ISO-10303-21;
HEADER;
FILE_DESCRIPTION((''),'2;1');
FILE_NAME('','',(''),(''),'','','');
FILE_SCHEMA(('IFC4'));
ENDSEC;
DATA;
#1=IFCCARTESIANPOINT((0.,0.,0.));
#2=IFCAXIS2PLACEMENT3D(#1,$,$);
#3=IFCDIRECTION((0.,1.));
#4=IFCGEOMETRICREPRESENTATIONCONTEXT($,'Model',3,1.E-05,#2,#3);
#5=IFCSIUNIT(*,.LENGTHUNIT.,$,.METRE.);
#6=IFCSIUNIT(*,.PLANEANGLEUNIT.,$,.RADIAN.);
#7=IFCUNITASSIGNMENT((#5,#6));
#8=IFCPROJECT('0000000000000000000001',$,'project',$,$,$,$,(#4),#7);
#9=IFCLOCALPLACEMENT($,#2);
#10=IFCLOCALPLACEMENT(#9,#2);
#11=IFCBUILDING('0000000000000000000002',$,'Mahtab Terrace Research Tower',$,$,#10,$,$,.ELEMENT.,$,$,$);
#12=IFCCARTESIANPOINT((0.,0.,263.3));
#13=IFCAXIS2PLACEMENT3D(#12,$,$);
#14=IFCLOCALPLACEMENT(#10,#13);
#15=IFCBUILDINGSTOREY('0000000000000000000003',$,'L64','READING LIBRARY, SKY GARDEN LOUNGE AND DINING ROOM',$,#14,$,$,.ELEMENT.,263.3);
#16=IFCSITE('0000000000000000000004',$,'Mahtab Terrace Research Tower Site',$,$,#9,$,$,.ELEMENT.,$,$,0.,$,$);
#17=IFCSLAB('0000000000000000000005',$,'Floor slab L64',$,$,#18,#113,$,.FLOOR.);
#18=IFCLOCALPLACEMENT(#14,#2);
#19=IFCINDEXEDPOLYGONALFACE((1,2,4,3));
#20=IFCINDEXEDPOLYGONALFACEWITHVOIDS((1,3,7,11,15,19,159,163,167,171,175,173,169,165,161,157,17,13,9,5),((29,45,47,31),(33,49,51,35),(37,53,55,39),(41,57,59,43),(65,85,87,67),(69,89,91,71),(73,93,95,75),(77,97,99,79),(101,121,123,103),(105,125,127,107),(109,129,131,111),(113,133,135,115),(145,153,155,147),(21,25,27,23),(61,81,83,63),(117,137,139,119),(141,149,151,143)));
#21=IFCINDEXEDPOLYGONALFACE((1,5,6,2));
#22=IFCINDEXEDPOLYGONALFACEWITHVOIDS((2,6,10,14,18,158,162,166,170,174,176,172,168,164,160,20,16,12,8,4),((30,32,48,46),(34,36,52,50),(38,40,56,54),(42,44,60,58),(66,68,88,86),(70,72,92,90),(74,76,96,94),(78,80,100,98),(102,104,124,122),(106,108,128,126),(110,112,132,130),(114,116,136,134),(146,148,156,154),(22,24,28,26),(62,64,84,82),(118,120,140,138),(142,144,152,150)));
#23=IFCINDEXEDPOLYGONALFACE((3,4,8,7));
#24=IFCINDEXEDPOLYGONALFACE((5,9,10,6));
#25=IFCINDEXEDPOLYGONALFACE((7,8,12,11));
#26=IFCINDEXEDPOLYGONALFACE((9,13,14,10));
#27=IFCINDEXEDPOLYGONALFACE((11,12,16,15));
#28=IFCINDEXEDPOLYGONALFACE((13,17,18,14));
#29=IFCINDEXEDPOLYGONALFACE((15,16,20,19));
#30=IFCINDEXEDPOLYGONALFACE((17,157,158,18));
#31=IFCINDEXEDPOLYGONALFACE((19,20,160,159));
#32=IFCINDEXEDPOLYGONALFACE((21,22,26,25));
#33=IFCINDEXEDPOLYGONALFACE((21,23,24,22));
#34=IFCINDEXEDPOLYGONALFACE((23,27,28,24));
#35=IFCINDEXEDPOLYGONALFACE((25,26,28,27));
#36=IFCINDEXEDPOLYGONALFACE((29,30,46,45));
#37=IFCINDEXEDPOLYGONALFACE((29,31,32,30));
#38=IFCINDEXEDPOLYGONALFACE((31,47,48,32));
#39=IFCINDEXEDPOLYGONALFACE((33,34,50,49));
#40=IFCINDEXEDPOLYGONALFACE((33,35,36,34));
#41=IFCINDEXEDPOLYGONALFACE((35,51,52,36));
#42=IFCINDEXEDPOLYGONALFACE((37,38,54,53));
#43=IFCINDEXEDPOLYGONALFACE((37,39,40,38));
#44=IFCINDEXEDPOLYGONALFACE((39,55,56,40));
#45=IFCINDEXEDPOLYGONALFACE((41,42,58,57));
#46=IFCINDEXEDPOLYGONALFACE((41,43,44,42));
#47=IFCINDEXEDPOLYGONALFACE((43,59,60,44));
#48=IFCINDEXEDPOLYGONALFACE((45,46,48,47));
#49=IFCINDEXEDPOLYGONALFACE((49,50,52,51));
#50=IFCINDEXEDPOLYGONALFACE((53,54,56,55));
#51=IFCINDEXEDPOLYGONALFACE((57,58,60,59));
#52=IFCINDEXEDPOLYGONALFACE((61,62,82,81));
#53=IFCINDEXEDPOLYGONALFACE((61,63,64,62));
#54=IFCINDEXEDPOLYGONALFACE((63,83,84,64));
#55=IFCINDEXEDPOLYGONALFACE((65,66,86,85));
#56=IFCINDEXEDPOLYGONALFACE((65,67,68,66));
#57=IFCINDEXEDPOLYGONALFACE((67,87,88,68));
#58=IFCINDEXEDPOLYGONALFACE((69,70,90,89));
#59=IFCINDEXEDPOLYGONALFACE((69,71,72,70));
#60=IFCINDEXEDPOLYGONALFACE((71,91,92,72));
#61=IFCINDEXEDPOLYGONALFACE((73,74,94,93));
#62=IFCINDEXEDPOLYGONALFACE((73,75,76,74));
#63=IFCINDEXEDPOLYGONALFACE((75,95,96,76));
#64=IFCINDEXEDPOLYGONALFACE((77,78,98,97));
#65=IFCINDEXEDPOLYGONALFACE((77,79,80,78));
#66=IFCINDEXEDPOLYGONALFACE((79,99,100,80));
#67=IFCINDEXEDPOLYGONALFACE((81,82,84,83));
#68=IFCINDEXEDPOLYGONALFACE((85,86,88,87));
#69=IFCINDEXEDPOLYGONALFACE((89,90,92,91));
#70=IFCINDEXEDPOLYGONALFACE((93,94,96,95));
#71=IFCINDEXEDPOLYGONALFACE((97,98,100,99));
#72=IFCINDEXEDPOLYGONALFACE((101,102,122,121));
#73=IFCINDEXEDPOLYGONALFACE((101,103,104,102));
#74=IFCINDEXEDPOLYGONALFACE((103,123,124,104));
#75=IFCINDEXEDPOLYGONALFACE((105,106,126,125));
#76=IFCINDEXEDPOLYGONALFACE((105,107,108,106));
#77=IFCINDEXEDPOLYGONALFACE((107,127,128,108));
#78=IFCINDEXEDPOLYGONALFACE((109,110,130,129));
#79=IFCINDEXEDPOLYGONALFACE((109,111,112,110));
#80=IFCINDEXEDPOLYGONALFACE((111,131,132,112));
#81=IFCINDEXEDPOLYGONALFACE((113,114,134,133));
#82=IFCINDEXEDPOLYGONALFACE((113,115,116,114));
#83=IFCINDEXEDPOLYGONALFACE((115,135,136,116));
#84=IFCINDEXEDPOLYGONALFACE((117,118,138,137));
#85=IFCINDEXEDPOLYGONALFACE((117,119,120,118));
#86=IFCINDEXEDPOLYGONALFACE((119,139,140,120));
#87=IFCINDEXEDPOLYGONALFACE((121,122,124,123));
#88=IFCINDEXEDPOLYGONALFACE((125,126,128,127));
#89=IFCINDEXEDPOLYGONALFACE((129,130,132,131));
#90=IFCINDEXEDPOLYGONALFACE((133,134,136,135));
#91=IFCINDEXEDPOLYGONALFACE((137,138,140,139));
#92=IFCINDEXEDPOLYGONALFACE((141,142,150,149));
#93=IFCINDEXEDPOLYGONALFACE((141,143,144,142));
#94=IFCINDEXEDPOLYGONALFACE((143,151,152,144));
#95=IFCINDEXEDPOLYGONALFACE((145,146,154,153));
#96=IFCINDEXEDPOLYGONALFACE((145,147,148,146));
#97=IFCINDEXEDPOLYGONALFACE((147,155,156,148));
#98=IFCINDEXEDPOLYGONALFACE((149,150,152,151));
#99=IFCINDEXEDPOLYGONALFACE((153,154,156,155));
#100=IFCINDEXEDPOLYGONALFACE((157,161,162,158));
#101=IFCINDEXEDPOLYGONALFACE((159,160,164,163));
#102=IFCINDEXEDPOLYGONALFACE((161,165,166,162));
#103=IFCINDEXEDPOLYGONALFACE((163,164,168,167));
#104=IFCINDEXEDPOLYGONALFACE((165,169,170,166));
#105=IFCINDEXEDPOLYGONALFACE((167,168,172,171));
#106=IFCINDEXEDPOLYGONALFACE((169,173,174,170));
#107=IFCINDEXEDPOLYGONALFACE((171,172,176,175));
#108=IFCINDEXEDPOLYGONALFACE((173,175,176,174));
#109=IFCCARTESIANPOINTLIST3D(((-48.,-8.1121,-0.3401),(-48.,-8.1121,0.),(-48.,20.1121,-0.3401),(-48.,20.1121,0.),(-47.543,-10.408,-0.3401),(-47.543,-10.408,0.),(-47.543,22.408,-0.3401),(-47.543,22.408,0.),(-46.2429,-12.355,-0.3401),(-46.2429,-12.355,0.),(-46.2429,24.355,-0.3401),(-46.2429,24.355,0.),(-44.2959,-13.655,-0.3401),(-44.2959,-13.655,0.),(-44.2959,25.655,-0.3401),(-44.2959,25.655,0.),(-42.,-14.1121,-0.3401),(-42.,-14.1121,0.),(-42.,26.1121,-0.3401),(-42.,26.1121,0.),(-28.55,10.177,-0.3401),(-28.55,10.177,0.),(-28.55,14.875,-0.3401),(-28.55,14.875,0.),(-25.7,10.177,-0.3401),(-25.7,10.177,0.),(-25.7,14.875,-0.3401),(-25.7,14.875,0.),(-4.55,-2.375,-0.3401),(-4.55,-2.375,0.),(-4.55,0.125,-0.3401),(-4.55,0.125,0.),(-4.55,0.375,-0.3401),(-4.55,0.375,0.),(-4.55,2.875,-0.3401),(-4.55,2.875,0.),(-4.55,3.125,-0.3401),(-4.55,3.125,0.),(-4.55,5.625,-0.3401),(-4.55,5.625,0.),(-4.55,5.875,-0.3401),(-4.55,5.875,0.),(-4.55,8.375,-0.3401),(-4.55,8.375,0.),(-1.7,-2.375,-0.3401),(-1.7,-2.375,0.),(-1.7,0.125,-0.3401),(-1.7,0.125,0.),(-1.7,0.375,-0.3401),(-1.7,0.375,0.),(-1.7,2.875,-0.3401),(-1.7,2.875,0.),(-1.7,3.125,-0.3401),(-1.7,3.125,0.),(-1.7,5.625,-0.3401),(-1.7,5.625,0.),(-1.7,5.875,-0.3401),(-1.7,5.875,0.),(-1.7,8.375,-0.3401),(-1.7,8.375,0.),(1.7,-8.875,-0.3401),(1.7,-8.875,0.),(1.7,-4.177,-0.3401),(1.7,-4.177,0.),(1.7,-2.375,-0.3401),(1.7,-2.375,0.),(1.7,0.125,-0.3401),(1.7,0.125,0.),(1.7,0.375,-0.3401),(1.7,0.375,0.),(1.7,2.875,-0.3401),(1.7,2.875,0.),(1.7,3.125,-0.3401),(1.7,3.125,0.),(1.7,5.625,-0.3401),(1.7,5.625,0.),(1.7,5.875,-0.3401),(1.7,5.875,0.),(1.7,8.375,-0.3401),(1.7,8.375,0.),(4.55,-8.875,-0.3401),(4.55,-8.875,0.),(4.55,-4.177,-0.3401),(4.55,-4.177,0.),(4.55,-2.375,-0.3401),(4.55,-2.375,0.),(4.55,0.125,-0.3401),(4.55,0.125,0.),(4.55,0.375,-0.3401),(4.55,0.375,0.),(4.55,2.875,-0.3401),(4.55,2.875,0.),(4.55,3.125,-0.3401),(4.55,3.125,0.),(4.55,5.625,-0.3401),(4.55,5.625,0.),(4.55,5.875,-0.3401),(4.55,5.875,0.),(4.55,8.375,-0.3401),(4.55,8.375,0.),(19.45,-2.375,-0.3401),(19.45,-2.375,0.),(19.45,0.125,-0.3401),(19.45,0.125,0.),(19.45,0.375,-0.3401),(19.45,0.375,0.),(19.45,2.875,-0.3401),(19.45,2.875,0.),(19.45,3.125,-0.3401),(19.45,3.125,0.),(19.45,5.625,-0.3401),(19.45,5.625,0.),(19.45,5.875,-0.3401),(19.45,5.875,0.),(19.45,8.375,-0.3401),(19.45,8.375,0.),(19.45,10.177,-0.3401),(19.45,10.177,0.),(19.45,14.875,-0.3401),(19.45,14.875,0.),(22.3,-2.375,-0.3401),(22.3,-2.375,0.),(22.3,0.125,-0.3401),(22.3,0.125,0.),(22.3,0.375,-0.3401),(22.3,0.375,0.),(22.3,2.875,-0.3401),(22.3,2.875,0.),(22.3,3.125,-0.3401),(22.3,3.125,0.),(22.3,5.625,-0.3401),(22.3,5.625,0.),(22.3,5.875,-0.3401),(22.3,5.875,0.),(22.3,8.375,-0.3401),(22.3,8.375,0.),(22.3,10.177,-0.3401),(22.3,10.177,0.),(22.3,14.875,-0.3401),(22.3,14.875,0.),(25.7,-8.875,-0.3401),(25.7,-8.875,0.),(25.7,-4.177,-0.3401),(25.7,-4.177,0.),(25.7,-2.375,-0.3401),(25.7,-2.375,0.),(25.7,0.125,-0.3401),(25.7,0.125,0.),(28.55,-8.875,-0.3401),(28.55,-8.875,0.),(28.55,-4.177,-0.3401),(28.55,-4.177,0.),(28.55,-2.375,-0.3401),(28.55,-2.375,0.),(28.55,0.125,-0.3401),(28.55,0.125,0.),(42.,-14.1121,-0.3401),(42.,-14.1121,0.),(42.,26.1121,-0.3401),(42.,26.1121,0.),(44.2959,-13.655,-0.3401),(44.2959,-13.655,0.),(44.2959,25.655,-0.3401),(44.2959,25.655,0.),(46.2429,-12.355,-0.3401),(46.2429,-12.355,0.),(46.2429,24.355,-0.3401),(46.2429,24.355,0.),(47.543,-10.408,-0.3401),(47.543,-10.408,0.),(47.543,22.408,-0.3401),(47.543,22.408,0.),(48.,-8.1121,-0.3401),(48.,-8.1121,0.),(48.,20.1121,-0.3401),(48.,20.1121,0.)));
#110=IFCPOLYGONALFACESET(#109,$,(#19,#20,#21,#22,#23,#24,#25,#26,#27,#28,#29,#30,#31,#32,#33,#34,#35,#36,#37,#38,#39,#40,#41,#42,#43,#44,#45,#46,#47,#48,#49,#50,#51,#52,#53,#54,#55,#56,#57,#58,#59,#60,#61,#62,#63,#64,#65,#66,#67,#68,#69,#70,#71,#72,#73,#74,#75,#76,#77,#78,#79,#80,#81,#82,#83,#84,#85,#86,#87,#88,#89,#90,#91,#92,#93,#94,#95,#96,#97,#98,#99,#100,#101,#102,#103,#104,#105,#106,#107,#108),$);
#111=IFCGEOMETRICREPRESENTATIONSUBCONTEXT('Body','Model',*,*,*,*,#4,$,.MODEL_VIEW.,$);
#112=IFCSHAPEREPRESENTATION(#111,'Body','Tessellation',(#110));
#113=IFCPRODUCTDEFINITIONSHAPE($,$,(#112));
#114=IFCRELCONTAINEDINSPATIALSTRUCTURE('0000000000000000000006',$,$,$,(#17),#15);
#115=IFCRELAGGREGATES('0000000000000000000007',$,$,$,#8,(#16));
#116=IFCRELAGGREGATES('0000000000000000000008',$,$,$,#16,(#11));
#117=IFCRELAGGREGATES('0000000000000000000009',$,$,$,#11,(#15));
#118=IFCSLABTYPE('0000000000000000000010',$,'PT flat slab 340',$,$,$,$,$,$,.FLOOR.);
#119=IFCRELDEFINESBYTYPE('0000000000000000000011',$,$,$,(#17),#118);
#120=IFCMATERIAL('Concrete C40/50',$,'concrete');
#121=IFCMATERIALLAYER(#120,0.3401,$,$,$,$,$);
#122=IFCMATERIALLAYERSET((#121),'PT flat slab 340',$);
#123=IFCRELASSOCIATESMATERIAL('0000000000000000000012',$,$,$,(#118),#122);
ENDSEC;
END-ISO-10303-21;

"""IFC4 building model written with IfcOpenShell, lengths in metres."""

from ifc_helpers import new_model, si_unit, direction, frame, origin, place, context, subcontext, project, spatial, polyline, outline, extrude, material, layer, layer_set, type_object, element, save


model = new_model("IFC4")

# Units and contexts
model_context = context("Model", 3, precision=1e-05, world=origin(), true_north=direction((0.0, 1.0)))
body_context = subcontext(model_context, "Body", "Model", "MODEL_VIEW")
ifc_project = project(units=[si_unit("LENGTHUNIT", "METRE"), si_unit("PLANEANGLEUNIT", "RADIAN")], contexts=[model_context])

# Site, building, storey
site_placement = place(None, origin())
site = spatial("IfcSite", under=ifc_project, at=site_placement, Name="Mahtab Terrace Research Tower Site", CompositionType="ELEMENT", RefElevation=0.0)
building_placement = place(site_placement, origin())
building = spatial("IfcBuilding", under=site, at=building_placement, Name="Mahtab Terrace Research Tower", CompositionType="ELEMENT")
storey_placement = place(building_placement, frame((0.0, 0.0, 263.3)))
storey = spatial("IfcBuildingStorey", under=building, at=storey_placement, Name="L64", Description="READING LIBRARY, SKY GARDEN LOUNGE AND DINING ROOM", CompositionType="ELEMENT", Elevation=263.3)

# Slab
ifc_material_1 = material(Name="Concrete C40/50", Category="concrete")
ifc_layer_1 = layer(ifc_material_1, 0.3401)
ifc_layer_set_1 = layer_set([ifc_layer_1], Name="PT flat slab 340")
slab_type_1 = type_object("IfcSlabType", Name="PT flat slab 340", PredefinedType="FLOOR", material=ifc_layer_set_1)
slab_1_placement = place(storey_placement, frame((0.0, 0.0, -0.3401)))
element("IfcSlab", 1, at=slab_1_placement, inside=storey, type_object=slab_type_1, Name="Floor slab L64", PredefinedType="FLOOR", context=body_context, shape_type="SweptSolid", body=[
    extrude(outline(polyline([(47.543, 22.408), (46.2429, 24.355), (44.2959, 25.655), (42.0, 26.1121), (-42.0, 26.1121), (-44.2959, 25.655), (-46.2429, 24.355), (-47.543, 22.408), (-48.0, 20.1121), (-48.0, -8.1121), (-47.543, -10.408), (-46.2429, -12.355), (-44.2959, -13.655), (-42.0, -14.1121), (42.0, -14.1121), (44.2959, -13.655), (46.2429, -12.355), (47.543, -10.408), (48.0, -8.1121), (48.0, 20.1121), (47.543, 22.408)]), holes=[polyline([(-4.55, -2.375), (-4.55, 0.125), (-1.7, 0.125), (-1.7, -2.375), (-4.55, -2.375)]), polyline([(1.7, -2.375), (1.7, 0.125), (4.55, 0.125), (4.55, -2.375), (1.7, -2.375)]), polyline([(-4.55, 0.375), (-4.55, 2.875), (-1.7, 2.875), (-1.7, 0.375), (-4.55, 0.375)]), polyline([(1.7, 0.375), (1.7, 2.875), (4.55, 2.875), (4.55, 0.375), (1.7, 0.375)]), polyline([(-4.55, 3.125), (-4.55, 5.625), (-1.7, 5.625), (-1.7, 3.125), (-4.55, 3.125)]), polyline([(1.7, 3.125), (1.7, 5.625), (4.55, 5.625), (4.55, 3.125), (1.7, 3.125)]), polyline([(-4.55, 5.875), (-4.55, 8.375), (-1.7, 8.375), (-1.7, 5.875), (-4.55, 5.875)]), polyline([(1.7, 5.875), (1.7, 8.375), (4.55, 8.375), (4.55, 5.875), (1.7, 5.875)]), polyline([(-28.55, 10.177), (-28.55, 14.875), (-25.7, 14.875), (-25.7, 10.177), (-28.55, 10.177)]), polyline([(1.7, -8.875), (1.7, -4.177), (4.55, -4.177), (4.55, -8.875), (1.7, -8.875)]), polyline([(25.7, -8.875), (25.7, -4.177), (28.55, -4.177), (28.55, -8.875), (25.7, -8.875)]), polyline([(19.45, -2.375), (19.45, 0.125), (22.3, 0.125), (22.3, -2.375), (19.45, -2.375)]), polyline([(25.7, -2.375), (25.7, 0.125), (28.55, 0.125), (28.55, -2.375), (25.7, -2.375)]), polyline([(19.45, 0.375), (19.45, 2.875), (22.3, 2.875), (22.3, 0.375), (19.45, 0.375)]), polyline([(19.45, 3.125), (19.45, 5.625), (22.3, 5.625), (22.3, 3.125), (19.45, 3.125)]), polyline([(19.45, 8.375), (22.3, 8.375), (22.3, 5.875), (19.45, 5.875), (19.45, 8.375)]), polyline([(19.45, 14.875), (22.3, 14.875), (22.3, 10.177), (19.45, 10.177), (19.45, 14.875)])]), origin(), (0.0, 0.0, 1.0), 0.3401),
])

save(model, "model.ifc")
